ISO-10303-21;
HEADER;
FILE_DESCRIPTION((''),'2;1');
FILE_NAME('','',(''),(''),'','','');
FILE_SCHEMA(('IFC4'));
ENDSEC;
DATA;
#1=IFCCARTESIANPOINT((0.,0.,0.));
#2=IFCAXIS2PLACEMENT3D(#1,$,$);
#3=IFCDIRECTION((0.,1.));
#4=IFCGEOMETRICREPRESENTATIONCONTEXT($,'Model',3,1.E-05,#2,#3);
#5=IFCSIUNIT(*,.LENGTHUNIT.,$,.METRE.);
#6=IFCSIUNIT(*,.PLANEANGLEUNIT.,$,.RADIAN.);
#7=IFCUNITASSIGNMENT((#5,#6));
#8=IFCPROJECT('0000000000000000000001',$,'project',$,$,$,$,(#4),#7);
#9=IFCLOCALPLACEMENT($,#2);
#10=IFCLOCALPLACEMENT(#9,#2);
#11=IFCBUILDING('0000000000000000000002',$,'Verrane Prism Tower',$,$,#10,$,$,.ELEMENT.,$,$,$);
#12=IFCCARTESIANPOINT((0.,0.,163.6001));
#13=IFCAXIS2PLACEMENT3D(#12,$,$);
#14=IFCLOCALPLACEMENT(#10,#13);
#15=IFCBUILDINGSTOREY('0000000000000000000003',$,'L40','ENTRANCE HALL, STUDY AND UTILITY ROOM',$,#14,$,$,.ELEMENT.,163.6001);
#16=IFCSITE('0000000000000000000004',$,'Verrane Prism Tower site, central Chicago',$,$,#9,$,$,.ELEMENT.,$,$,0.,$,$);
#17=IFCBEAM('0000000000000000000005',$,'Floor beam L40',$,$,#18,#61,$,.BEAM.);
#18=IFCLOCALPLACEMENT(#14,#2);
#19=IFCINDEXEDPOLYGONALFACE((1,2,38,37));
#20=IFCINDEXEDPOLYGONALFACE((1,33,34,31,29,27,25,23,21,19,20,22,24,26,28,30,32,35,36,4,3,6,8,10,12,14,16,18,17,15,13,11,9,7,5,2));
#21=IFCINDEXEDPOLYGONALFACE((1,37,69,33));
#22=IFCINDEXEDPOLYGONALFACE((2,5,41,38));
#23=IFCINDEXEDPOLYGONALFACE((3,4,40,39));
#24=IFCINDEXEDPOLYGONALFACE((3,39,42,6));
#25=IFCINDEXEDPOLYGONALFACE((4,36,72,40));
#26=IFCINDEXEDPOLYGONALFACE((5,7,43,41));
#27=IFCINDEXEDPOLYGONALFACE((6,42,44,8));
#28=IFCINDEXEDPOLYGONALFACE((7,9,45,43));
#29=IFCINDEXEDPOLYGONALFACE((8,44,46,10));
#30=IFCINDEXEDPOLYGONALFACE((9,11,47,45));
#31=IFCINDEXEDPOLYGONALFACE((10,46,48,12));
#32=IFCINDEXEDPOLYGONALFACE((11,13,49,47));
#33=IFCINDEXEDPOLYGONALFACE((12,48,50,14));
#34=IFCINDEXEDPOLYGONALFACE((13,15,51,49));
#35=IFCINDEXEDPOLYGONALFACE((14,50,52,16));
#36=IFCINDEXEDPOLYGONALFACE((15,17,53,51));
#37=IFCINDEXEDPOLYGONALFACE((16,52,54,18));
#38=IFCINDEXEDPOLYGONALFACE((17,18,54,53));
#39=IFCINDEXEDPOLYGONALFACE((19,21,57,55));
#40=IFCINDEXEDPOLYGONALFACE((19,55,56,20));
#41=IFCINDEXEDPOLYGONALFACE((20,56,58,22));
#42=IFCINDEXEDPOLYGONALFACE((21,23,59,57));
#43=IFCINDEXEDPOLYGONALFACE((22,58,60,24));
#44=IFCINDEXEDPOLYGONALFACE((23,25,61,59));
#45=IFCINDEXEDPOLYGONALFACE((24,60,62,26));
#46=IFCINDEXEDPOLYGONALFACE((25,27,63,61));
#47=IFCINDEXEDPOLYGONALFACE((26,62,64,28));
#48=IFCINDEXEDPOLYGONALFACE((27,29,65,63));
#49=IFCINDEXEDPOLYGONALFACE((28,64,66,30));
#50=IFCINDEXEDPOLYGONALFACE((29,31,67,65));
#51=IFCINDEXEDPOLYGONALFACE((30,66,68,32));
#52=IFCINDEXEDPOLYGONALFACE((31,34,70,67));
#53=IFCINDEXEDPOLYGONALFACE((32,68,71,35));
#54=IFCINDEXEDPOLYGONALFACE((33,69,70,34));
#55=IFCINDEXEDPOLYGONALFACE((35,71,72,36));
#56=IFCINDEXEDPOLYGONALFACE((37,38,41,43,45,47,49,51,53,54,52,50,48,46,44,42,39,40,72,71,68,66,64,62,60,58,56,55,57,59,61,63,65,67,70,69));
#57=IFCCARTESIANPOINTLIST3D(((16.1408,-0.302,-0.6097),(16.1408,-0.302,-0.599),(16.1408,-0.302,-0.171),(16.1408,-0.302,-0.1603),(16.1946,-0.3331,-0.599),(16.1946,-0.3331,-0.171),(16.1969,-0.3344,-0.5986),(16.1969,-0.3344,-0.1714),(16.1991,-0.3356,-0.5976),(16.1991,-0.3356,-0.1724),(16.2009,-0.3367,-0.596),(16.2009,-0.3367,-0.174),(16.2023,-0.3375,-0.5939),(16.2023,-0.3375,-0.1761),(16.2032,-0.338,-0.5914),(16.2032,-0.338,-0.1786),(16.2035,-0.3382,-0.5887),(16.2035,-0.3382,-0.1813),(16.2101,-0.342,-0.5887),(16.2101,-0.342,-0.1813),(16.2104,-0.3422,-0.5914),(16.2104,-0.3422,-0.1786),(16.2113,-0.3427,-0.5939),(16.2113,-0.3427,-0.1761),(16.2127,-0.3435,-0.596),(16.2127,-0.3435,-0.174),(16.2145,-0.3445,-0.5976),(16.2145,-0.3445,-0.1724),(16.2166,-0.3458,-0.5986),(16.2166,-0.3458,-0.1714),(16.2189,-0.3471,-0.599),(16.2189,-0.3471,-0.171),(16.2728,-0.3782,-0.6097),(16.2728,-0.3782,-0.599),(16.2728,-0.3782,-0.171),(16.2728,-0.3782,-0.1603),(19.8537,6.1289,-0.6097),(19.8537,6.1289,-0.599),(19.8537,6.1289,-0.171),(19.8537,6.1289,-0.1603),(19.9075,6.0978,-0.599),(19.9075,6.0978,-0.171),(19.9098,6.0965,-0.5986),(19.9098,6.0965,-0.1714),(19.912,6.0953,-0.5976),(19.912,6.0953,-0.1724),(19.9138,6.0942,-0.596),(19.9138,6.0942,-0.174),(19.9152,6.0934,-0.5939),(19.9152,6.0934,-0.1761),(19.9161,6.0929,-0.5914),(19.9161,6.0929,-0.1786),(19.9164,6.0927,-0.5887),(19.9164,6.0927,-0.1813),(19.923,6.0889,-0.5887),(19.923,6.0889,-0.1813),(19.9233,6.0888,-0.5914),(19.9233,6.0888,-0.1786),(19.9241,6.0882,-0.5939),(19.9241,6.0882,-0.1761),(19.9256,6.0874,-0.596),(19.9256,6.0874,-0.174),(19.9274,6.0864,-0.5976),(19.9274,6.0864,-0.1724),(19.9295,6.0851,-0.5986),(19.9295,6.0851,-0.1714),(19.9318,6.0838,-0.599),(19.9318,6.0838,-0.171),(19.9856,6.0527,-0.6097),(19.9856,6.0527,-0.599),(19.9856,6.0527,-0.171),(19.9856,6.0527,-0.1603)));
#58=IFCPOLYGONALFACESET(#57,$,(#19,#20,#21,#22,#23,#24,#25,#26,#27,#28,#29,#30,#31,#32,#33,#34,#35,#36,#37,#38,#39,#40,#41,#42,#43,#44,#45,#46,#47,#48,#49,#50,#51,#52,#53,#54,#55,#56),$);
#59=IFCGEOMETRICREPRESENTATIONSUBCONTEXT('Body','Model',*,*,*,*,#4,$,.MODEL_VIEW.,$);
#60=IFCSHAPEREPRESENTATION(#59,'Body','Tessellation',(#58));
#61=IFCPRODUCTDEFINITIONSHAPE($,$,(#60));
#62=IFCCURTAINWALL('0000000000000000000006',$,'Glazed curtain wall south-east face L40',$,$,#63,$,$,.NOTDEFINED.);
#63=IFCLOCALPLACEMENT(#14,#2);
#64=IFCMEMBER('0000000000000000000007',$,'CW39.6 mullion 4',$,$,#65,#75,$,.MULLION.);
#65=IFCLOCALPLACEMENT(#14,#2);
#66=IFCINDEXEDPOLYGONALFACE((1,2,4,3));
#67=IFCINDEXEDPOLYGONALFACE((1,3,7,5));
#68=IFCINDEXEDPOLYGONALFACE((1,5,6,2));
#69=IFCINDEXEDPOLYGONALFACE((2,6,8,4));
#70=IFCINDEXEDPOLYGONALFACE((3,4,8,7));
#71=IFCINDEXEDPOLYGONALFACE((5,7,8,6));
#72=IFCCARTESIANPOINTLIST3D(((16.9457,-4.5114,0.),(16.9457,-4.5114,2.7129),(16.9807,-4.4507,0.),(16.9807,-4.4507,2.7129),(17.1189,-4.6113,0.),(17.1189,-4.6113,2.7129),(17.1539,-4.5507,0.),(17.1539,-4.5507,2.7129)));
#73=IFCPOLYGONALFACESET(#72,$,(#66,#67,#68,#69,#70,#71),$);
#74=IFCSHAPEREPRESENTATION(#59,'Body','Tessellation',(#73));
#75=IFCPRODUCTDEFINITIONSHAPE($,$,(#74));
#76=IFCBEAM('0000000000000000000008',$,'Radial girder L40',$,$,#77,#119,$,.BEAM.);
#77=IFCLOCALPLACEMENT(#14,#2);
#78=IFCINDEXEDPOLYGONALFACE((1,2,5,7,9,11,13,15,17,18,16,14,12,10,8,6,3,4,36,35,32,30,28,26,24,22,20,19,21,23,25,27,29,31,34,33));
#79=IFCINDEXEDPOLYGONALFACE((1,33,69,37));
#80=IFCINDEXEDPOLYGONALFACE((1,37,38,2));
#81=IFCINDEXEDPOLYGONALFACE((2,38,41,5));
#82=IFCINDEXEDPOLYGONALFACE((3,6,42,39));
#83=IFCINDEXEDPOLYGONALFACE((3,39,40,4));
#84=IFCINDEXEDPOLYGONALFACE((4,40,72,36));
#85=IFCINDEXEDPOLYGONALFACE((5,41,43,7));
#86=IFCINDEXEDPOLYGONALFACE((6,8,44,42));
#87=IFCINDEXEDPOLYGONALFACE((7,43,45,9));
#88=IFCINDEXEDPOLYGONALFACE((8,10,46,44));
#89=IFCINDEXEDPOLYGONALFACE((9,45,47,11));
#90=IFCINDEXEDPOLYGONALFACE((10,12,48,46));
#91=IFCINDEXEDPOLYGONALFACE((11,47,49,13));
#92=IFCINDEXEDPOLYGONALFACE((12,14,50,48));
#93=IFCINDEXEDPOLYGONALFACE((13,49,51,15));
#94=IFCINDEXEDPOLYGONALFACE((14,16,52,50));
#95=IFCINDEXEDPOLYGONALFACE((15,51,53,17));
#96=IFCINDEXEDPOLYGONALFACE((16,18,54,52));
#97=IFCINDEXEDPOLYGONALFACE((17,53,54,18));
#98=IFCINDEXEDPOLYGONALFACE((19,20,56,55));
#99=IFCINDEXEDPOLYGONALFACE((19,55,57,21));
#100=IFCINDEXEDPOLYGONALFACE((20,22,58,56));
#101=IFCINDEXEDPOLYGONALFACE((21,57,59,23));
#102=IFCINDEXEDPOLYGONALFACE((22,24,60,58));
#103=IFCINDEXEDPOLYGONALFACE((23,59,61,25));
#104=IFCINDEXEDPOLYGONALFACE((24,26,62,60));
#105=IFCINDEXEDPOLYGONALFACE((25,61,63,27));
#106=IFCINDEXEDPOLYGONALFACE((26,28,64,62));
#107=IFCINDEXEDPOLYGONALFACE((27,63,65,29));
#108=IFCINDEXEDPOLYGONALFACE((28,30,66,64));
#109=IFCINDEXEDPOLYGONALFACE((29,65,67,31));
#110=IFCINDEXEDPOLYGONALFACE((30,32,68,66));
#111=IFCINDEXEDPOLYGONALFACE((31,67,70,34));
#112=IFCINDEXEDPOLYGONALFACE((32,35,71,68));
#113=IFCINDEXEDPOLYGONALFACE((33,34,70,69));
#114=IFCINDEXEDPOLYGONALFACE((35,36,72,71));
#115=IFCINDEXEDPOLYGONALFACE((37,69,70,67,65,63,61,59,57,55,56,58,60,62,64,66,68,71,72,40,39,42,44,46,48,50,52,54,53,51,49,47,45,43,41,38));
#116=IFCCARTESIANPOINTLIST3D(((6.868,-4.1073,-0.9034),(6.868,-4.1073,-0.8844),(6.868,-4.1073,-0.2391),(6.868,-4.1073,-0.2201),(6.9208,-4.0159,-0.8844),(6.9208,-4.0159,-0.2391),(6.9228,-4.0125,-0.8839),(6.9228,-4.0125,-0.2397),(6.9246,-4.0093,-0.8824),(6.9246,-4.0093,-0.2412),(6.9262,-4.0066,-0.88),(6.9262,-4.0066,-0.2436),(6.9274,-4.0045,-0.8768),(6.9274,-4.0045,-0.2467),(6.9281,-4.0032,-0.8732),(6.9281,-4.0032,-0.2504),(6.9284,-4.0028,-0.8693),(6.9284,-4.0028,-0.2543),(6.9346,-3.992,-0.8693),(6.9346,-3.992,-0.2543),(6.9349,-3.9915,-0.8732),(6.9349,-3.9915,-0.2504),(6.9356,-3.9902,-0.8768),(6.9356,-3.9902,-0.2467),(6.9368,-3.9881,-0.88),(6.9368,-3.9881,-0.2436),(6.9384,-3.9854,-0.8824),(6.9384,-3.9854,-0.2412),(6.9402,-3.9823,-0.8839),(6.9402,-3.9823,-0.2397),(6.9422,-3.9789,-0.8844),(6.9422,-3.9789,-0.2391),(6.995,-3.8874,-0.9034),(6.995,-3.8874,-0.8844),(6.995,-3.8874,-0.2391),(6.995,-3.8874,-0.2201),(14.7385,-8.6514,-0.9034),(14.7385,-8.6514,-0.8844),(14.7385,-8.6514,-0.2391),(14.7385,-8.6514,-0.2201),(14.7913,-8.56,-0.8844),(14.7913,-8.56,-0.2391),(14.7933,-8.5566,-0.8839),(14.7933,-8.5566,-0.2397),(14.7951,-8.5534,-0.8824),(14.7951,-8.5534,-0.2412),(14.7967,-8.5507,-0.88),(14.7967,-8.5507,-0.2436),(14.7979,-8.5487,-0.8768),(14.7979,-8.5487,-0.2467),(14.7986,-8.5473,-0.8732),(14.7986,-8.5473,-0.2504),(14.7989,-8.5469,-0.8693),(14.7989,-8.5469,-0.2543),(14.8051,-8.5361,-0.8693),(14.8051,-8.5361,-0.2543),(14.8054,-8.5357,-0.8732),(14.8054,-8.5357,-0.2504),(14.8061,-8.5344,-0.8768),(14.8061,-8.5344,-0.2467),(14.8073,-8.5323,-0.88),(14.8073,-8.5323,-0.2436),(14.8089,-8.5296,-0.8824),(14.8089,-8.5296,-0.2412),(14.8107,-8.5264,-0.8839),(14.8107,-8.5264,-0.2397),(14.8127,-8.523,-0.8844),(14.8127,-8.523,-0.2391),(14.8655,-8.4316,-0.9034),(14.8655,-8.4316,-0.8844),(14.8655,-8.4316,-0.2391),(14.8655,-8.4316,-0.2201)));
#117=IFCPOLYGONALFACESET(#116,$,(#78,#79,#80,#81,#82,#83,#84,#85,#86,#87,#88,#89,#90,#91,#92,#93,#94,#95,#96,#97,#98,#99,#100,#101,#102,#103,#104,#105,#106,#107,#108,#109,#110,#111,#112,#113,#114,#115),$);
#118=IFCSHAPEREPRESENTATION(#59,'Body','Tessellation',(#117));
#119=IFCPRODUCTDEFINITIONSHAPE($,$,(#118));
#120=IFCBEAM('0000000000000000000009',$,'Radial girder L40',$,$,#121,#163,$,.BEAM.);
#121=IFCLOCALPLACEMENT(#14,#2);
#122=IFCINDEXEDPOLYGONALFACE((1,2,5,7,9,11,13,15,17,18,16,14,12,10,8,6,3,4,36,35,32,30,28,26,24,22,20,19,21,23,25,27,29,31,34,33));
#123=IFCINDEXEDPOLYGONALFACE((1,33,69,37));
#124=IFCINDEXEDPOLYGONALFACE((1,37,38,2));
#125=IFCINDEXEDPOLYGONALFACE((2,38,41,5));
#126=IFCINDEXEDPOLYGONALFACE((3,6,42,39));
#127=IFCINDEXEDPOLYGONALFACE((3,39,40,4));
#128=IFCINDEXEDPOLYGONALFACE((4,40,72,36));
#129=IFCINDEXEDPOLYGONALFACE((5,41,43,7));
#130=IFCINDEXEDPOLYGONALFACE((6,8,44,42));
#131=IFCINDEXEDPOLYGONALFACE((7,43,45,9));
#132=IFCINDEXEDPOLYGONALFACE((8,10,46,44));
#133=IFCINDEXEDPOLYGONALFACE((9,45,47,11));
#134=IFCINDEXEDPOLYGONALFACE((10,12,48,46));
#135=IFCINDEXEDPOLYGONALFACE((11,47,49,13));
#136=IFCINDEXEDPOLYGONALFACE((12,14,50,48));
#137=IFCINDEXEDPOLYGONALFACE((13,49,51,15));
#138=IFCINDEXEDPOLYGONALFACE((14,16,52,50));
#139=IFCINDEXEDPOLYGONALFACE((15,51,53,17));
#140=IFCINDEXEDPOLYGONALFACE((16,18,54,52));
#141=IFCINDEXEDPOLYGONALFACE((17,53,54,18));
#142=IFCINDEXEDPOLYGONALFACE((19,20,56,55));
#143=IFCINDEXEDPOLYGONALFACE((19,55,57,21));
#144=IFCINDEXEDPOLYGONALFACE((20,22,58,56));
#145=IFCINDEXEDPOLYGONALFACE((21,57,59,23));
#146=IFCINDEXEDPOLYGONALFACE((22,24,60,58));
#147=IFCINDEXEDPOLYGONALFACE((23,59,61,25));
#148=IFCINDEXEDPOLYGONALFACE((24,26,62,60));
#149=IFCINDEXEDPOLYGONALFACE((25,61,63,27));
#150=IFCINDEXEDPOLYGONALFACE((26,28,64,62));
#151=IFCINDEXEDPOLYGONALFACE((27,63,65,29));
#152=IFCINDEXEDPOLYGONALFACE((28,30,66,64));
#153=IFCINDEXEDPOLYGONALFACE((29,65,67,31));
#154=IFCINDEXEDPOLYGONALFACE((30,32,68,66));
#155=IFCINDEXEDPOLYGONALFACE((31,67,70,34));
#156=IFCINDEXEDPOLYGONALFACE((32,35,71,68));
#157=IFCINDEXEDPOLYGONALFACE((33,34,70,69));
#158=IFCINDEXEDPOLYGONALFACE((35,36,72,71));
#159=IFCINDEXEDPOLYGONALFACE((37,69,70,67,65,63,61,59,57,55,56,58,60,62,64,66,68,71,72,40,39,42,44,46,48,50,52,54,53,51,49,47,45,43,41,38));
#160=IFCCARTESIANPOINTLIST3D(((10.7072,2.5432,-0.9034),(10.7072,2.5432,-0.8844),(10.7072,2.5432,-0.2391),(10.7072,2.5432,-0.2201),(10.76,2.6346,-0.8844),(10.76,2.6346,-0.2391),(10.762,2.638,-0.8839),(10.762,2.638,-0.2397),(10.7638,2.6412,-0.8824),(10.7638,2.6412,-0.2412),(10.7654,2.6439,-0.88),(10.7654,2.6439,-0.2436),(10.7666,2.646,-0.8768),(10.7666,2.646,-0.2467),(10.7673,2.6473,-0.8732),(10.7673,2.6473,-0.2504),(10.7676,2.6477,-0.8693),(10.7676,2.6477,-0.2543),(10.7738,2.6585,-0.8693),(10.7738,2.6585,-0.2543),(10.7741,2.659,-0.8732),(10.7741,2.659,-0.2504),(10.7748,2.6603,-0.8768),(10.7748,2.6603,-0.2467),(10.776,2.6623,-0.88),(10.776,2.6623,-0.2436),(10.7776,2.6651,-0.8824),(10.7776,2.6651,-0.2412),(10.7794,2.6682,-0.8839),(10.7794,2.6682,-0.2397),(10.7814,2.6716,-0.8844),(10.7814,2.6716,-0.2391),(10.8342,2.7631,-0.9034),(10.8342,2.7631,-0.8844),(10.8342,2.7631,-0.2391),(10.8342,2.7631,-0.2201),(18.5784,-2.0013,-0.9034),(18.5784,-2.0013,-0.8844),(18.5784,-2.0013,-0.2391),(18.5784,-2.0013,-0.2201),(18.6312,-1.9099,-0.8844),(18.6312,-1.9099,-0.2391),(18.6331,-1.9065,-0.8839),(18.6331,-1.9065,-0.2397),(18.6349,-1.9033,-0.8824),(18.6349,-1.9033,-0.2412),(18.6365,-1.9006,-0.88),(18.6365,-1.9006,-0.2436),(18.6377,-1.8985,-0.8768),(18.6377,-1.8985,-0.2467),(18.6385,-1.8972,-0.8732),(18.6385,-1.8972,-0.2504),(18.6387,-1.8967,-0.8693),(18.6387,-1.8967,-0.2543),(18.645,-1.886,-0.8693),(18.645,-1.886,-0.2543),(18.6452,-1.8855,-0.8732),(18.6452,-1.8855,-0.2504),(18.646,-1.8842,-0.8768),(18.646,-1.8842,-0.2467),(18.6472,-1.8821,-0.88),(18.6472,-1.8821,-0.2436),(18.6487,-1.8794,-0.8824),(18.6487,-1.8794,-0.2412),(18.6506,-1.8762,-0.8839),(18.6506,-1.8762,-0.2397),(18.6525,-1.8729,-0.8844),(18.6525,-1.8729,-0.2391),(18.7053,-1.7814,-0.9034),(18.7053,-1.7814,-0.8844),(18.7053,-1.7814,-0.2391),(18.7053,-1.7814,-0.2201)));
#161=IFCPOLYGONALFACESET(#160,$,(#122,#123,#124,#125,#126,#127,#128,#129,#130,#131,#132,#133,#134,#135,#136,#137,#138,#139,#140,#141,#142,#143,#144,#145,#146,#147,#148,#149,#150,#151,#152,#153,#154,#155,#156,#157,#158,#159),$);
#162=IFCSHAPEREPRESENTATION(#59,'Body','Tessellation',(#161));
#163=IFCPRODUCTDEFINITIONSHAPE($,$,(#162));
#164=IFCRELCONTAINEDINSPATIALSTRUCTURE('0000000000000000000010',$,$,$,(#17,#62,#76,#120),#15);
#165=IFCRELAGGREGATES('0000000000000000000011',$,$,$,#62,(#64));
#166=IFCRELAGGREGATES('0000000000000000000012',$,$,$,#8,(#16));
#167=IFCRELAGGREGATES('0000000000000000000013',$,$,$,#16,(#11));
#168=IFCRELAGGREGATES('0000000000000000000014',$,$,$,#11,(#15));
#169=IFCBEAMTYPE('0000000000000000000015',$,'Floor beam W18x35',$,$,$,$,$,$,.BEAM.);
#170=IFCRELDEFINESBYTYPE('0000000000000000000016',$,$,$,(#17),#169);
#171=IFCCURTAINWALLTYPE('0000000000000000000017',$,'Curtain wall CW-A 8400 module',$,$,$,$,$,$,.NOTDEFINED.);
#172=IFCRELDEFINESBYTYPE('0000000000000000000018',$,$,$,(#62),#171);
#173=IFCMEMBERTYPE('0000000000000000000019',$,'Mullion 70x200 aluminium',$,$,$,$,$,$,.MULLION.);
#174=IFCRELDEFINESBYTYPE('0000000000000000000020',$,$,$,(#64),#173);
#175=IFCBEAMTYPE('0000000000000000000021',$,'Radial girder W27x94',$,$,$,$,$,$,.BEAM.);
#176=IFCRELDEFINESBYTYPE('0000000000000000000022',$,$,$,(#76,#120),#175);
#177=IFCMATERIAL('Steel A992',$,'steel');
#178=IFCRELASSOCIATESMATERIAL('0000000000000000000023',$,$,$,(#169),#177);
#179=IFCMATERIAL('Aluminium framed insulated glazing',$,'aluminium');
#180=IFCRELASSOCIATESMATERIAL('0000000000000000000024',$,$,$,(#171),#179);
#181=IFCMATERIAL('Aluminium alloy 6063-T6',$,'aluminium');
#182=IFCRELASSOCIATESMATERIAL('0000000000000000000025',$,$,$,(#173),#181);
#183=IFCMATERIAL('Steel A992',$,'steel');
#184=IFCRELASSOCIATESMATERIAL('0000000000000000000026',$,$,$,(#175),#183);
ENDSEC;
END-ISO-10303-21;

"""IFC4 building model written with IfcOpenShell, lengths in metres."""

from ifc_helpers import new_model, si_unit, direction, frame, origin, origin_2d, place, context, subcontext, project, spatial, rectangle, i_section, extrude, material, material_profile, profile_set, type_object, element, aggregate, save


model = new_model("IFC4")

# Units and contexts
model_context = context("Model", 3, precision=1e-05, world=origin(), true_north=direction((0.0, 1.0)))
body_context = subcontext(model_context, "Body", "Model", "MODEL_VIEW")
ifc_project = project(units=[si_unit("LENGTHUNIT", "METRE"), si_unit("PLANEANGLEUNIT", "RADIAN")], contexts=[model_context])

# Site, building, storey
site_placement = place(None, origin())
site = spatial("IfcSite", under=ifc_project, at=site_placement, Name="Verrane Prism Tower site, central Chicago", CompositionType="ELEMENT", RefElevation=0.0)
building_placement = place(site_placement, origin())
building = spatial("IfcBuilding", under=site, at=building_placement, Name="Verrane Prism Tower", CompositionType="ELEMENT")
storey_placement = place(building_placement, frame((0.0, 0.0, 163.6001)))
storey = spatial("IfcBuildingStorey", under=building, at=storey_placement, Name="L40", Description="ENTRANCE HALL, STUDY AND UTILITY ROOM", CompositionType="ELEMENT", Elevation=163.6001)

# Beam
ifc_material_1 = material(Name="Steel A992", Category="steel")
ifc_material_profile_1 = material_profile(ifc_material_1, i_section(OverallWidth=0.1523, OverallDepth=0.4495, WebThickness=0.0076, FlangeThickness=0.0107, FilletRadius=0.0103, at=origin_2d()), Name="W18x35")
ifc_profile_set_1 = profile_set([ifc_material_profile_1], Name="Steel A992")
beam_type_1 = type_object("IfcBeamType", Name="Floor beam W18x35", PredefinedType="BEAM", material=ifc_profile_set_1)
beam_1_placement = place(storey_placement, frame((16.2068, -0.3401, -0.385), z_axis=(0.5, 0.866025, 0.0), x_axis=(-0.866025, 0.5, 0.0)))
element("IfcBeam", 1, at=beam_1_placement, inside=storey, type_object=beam_type_1, Name="Floor beam L40", PredefinedType="BEAM", context=body_context, shape_type="SweptSolid", body=[
    extrude(i_section(OverallWidth=0.1523, OverallDepth=0.4495, WebThickness=0.0076, FlangeThickness=0.0107, FilletRadius=0.0103, at=origin_2d()), origin(), (0.0, 0.0, 1.0), 7.4258),
])

# Curtain wall, member
ifc_material_2 = material(Name="Aluminium framed insulated glazing", Category="aluminium")
curtain_wall_type = type_object("IfcCurtainWallType", Name="Curtain wall CW-A 8400 module", PredefinedType="NOTDEFINED", material=ifc_material_2)
curtain_wall_placement = place(storey_placement, origin())
curtain_wall = element("IfcCurtainWall", 2, at=curtain_wall_placement, inside=storey, type_object=curtain_wall_type, Name="Glazed curtain wall south-east face L40", PredefinedType="NOTDEFINED")
ifc_material_3 = material(Name="Aluminium alloy 6063-T6", Category="aluminium")
ifc_material_profile_2 = material_profile(ifc_material_3, rectangle(XDim=0.2, YDim=0.0701, at=origin_2d()), Name="Mullion 70x200 aluminium")
ifc_profile_set_2 = profile_set([ifc_material_profile_2], Name="Aluminium alloy 6063-T6")
member_type_1 = type_object("IfcMemberType", Name="Mullion 70x200 aluminium", PredefinedType="MULLION", material=ifc_profile_set_2)
member_1_placement = place(storey_placement, frame((17.0498, -4.531, 0.0), z_axis=(0.0, 0.0, 1.0), x_axis=(-0.866026, 0.499999, 0.0)))
member_1 = element("IfcMember", 3, at=member_1_placement, type_object=member_type_1, Name="CW39.6 mullion 4", PredefinedType="MULLION", context=body_context, shape_type="SweptSolid", body=[
    extrude(rectangle(XDim=0.2, YDim=0.0701, at=origin_2d()), origin(), (0.0, 0.0, 1.0), 2.7129),
])

# Beams
ifc_material_4 = material(Name="Steel A992", Category="steel")
ifc_material_profile_3 = material_profile(ifc_material_4, i_section(OverallWidth=0.2539, OverallDepth=0.6833, WebThickness=0.0125, FlangeThickness=0.019, FilletRadius=0.0151, at=origin_2d()), Name="W27x94")
ifc_profile_set_3 = profile_set([ifc_material_profile_3], Name="Steel A992")
beam_type_2 = type_object("IfcBeamType", Name="Radial girder W27x94", PredefinedType="BEAM", material=ifc_profile_set_3)
beam_2_placement = place(storey_placement, frame((14.802, -8.5415, -0.5618), z_axis=(-0.866021, 0.500008, 0.0), x_axis=(-0.500008, -0.866021, 0.0)))
element("IfcBeam", 4, at=beam_2_placement, inside=storey, type_object=beam_type_2, Name="Radial girder L40", PredefinedType="BEAM", context=body_context, shape_type="SweptSolid", body=[
    extrude(i_section(OverallWidth=0.2539, OverallDepth=0.6833, WebThickness=0.0125, FlangeThickness=0.019, FilletRadius=0.0151, at=origin_2d()), origin(), (0.0, 0.0, 1.0), 9.0881),
])
beam_3_placement = place(storey_placement, frame((18.6418, -1.8914, -0.5618), z_axis=(-0.866023, 0.500005, 0.0), x_axis=(-0.500005, -0.866023, 0.0)))
element("IfcBeam", 5, at=beam_3_placement, inside=storey, type_object=beam_type_2, Name="Radial girder L40", PredefinedType="BEAM", context=body_context, shape_type="SweptSolid", body=[
    extrude(i_section(OverallWidth=0.2539, OverallDepth=0.6833, WebThickness=0.0125, FlangeThickness=0.019, FilletRadius=0.0151, at=origin_2d()), origin(), (0.0, 0.0, 1.0), 9.0889),
])

aggregate(curtain_wall, [member_1])

save(model, "model.ifc")
